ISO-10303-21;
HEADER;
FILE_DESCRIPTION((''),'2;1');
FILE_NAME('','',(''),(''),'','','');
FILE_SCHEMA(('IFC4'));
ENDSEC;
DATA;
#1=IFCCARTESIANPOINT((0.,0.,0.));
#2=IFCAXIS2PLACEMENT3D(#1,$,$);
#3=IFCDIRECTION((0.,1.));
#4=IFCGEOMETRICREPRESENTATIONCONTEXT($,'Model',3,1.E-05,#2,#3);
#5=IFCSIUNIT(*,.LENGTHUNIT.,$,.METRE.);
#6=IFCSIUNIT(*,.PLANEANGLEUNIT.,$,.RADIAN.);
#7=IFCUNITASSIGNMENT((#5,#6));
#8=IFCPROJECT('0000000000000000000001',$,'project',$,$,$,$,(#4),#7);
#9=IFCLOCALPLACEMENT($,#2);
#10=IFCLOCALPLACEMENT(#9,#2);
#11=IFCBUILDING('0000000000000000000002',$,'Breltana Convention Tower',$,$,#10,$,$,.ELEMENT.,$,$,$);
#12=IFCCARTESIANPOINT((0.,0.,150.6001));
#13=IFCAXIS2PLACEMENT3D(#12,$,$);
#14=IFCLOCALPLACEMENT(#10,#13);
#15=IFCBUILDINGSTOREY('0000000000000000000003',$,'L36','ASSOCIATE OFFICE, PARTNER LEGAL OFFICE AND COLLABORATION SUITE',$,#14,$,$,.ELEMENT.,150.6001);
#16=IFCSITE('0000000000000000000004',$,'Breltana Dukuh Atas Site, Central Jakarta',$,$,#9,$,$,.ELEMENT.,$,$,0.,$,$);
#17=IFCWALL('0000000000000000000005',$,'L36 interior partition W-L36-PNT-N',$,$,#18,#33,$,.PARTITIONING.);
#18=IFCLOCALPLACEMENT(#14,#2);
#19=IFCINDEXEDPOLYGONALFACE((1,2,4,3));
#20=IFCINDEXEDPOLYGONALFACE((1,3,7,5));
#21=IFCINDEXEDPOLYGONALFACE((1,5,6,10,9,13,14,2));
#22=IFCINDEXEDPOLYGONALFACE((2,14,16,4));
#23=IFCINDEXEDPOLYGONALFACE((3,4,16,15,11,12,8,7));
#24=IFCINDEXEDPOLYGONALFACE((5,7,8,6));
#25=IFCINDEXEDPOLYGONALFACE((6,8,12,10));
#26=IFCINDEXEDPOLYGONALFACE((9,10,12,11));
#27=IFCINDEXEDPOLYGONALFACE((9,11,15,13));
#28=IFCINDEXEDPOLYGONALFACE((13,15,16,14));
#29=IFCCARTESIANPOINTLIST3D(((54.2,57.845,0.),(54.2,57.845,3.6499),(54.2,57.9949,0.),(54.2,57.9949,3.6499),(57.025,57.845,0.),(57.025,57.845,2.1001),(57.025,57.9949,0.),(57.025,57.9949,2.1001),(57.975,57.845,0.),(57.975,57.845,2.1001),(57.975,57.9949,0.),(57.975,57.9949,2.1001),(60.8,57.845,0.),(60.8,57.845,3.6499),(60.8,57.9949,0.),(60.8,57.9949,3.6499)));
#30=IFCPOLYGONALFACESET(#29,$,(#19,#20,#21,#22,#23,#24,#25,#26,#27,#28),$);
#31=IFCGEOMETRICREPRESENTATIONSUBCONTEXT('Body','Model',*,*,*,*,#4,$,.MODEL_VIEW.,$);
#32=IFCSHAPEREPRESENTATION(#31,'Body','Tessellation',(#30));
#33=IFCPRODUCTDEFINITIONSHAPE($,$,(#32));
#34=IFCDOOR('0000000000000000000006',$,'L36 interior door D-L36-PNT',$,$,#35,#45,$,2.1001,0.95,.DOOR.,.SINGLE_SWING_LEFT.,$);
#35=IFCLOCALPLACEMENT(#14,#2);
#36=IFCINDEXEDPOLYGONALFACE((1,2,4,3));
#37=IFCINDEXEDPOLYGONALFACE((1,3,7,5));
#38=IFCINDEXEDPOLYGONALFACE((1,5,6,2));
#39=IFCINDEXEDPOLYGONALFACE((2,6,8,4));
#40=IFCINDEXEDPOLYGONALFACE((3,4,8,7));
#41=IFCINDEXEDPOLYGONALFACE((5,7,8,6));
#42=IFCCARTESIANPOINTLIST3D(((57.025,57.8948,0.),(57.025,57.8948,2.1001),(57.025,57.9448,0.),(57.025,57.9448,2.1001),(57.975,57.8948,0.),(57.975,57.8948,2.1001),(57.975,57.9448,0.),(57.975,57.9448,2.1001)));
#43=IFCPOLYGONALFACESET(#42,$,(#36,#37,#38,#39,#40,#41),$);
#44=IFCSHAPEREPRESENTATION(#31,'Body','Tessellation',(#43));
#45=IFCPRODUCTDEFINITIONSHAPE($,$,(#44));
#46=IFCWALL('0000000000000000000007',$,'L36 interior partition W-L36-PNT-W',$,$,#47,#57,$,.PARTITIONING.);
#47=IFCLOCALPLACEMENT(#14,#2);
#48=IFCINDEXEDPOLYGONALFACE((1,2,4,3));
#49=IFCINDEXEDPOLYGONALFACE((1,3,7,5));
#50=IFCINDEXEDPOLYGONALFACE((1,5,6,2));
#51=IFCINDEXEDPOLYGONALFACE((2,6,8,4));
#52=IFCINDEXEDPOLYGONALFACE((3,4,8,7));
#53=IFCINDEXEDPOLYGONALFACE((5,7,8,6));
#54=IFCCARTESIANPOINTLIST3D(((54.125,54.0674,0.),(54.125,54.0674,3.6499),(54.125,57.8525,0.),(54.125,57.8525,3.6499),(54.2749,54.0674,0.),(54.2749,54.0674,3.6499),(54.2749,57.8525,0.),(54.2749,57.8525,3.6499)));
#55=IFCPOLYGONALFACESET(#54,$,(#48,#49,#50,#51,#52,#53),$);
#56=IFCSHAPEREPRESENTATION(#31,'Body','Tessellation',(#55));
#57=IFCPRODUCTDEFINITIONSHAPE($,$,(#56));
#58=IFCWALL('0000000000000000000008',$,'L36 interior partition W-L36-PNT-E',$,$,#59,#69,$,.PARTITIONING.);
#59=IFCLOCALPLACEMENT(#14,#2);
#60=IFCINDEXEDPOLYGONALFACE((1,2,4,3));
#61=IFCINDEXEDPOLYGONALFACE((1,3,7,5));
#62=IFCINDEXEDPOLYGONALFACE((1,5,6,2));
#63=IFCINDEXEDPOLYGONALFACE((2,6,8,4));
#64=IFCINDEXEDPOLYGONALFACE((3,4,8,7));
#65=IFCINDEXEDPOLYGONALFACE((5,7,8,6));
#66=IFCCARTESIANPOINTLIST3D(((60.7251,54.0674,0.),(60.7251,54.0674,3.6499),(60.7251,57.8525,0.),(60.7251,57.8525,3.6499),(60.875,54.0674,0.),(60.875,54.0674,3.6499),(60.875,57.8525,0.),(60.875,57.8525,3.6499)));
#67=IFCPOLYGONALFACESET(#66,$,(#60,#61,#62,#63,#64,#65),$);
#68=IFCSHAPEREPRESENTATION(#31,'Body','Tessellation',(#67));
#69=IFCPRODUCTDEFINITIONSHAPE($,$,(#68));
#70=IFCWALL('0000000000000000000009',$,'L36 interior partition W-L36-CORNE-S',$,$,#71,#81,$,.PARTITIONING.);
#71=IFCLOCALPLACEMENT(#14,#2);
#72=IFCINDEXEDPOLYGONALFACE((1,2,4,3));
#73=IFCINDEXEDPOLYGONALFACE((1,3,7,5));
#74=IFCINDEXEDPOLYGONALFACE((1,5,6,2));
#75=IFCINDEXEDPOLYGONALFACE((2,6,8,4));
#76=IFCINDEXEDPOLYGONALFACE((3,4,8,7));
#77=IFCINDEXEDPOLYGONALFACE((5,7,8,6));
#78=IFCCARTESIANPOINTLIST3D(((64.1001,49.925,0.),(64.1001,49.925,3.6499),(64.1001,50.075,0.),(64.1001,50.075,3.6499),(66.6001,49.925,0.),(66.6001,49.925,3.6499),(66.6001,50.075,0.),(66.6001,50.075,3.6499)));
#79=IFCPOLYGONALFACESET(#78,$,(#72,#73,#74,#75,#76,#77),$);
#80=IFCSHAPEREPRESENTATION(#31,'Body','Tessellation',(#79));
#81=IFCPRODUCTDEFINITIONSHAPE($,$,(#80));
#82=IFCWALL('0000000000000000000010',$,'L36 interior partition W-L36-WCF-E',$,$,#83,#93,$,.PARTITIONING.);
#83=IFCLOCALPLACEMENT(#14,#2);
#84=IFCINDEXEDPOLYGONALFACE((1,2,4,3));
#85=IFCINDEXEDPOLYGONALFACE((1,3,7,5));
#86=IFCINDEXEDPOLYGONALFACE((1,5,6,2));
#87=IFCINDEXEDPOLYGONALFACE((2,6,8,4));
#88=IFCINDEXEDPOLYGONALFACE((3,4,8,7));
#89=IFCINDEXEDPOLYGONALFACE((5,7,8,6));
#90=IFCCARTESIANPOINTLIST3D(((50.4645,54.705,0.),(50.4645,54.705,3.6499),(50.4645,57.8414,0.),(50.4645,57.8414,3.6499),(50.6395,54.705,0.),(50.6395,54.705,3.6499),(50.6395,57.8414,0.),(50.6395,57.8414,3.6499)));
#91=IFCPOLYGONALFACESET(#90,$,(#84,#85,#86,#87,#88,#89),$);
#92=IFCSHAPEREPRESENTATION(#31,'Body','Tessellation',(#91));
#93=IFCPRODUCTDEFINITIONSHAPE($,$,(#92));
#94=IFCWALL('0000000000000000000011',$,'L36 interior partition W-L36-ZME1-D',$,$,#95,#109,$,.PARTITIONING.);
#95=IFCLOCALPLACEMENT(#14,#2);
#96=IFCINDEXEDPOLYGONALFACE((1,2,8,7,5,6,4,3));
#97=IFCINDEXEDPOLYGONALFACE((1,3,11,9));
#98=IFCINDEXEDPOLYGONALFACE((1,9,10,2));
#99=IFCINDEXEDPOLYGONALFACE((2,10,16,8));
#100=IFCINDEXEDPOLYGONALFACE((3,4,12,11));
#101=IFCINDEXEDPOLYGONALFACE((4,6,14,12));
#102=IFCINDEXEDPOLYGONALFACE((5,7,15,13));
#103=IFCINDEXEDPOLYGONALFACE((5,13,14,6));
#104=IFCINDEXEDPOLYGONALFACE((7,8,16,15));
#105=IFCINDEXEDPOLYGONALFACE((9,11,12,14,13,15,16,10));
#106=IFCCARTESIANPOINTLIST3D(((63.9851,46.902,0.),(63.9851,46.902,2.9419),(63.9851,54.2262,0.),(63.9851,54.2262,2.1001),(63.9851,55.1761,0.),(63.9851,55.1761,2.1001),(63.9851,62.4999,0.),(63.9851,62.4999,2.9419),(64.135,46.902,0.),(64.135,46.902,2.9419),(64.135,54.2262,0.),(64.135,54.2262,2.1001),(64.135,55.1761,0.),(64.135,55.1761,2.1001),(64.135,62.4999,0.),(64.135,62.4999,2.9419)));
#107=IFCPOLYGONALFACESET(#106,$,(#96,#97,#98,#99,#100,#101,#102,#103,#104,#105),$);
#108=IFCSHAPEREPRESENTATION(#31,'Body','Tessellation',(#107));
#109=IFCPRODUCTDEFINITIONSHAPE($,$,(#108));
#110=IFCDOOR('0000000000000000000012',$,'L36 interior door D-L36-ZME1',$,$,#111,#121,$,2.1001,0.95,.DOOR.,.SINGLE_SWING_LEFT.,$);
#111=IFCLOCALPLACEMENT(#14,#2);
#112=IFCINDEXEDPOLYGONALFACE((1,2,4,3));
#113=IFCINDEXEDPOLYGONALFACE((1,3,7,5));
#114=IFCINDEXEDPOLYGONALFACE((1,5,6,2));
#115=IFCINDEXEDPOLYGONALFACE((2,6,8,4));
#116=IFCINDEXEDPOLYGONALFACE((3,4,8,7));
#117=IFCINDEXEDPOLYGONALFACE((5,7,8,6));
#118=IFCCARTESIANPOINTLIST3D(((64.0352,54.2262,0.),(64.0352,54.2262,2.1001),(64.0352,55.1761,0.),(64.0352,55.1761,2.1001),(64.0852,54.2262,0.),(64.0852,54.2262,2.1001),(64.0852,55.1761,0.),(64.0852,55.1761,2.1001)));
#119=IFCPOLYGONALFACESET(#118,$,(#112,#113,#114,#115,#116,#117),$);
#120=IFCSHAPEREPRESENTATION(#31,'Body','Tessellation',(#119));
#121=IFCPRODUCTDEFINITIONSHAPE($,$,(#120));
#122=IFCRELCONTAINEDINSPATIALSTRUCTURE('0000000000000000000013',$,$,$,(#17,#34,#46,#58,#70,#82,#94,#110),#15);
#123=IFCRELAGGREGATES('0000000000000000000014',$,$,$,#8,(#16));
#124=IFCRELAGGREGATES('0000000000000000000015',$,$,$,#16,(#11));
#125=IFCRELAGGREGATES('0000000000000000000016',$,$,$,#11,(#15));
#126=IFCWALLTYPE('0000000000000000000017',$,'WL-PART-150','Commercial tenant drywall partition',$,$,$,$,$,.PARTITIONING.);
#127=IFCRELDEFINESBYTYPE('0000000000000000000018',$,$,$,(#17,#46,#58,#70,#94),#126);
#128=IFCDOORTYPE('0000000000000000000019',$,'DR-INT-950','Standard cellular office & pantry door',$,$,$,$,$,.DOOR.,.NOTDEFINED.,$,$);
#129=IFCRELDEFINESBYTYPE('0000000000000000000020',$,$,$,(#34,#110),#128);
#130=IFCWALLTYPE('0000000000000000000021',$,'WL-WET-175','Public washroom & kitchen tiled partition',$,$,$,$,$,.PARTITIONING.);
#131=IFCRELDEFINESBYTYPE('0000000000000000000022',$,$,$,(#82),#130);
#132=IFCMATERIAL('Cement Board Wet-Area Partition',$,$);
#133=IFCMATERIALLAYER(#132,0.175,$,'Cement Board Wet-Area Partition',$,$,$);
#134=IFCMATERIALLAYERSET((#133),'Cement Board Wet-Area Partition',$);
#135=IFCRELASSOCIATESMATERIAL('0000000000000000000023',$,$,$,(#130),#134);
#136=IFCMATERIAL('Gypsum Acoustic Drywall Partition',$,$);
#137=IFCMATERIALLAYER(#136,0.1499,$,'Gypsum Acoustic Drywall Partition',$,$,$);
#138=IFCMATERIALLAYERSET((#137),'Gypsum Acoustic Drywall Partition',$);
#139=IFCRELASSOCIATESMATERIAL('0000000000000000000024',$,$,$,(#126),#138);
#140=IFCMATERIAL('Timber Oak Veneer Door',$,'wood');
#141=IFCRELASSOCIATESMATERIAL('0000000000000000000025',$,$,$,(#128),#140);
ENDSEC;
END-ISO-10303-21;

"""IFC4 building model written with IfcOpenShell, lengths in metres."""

from ifc_helpers import new_model, si_unit, direction, frame, frame_2d, origin, place, context, subcontext, project, spatial, rectangle, extrude, source, transform, mapped, material, layer, layer_set, type_object, type_shapes, element, fill, save


model = new_model("IFC4")

# Units and contexts
model_context = context("Model", 3, precision=1e-05, world=origin(), true_north=direction((0.0, 1.0)))
body_context = subcontext(model_context, "Body", "Model", "MODEL_VIEW")
ifc_project = project(units=[si_unit("LENGTHUNIT", "METRE"), si_unit("PLANEANGLEUNIT", "RADIAN")], contexts=[model_context])

# Site, building, storey
site_placement = place(None, origin())
site = spatial("IfcSite", under=ifc_project, at=site_placement, Name="Breltana Dukuh Atas Site, Central Jakarta", CompositionType="ELEMENT", RefElevation=0.0)
building_placement = place(site_placement, origin())
building = spatial("IfcBuilding", under=site, at=building_placement, Name="Breltana Convention Tower", CompositionType="ELEMENT")
storey_placement = place(building_placement, frame((0.0, 0.0, 150.6001)))
storey = spatial("IfcBuildingStorey", under=building, at=storey_placement, Name="L36", Description="ASSOCIATE OFFICE, PARTNER LEGAL OFFICE AND COLLABORATION SUITE", CompositionType="ELEMENT", Elevation=150.6001)

# Shared definitions
ifc_material_1 = material(Name="Cement Board Wet-Area Partition")
ifc_layer_1 = layer(ifc_material_1, 0.175, Name="Cement Board Wet-Area Partition")
ifc_layer_set_1 = layer_set([ifc_layer_1], Name="Cement Board Wet-Area Partition")
wall_type_1 = type_object("IfcWallType", Name="WL-WET-175", Description="Public washroom & kitchen tiled partition", PredefinedType="PARTITIONING", material=ifc_layer_set_1)

# Shared definitions
ifc_material_2 = material(Name="Gypsum Acoustic Drywall Partition")
ifc_layer_2 = layer(ifc_material_2, 0.1499, Name="Gypsum Acoustic Drywall Partition")
ifc_layer_set_2 = layer_set([ifc_layer_2], Name="Gypsum Acoustic Drywall Partition")
wall_type_2 = type_object("IfcWallType", Name="WL-PART-150", Description="Commercial tenant drywall partition", PredefinedType="PARTITIONING", material=ifc_layer_set_2)

# Wall, opening, door
shared_shape_1 = source(origin(), body_context, "Body", "SweptSolid", [
    extrude(rectangle(XDim=6.6001, YDim=0.1499, at=frame_2d((3.3, 0.0))), origin(), (0.0, 0.0, 1.0), 3.6499),
])
wall_1_placement = place(storey_placement, frame((54.2, 57.9199, 0.0), z_axis=(0.0, 0.0, 1.0), x_axis=(1.0, 0.0, 0.0)))
wall_1 = element("IfcWall", 1, at=wall_1_placement, inside=storey, type_object=wall_type_2, Name="L36 interior partition W-L36-PNT-N", PredefinedType="PARTITIONING", context=body_context, shape_type="MappedRepresentation", body=[
    mapped(shared_shape_1, transform((0.0, 0.0, 0.0), scale=1.0)),
])
opening_1_placement = place(wall_1_placement, frame((2.825, 0.0, 0.0)))
opening_1 = element("IfcOpeningElement", 2, at=opening_1_placement, cuts=wall_1, PredefinedType="OPENING", context=body_context, shape_type="SweptSolid", body=[
    extrude(rectangle(XDim=0.95, YDim=2.1001, at=frame_2d((0.4751, 1.05))), frame((0.0, 0.085, 0.0), z_axis=(0.0, -1.0, 0.0), x_axis=(1.0, 0.0, 0.0)), (0.0, 0.0, 1.0), 0.1699),
])
ifc_material_3 = material(Name="Timber Oak Veneer Door", Category="wood")
door_type_1 = type_object("IfcDoorType", Name="DR-INT-950", Description="Standard cellular office & pantry door", OperationType="NOTDEFINED", PredefinedType="DOOR", material=ifc_material_3)
shared_shape_2 = source(origin(), body_context, "Body", "SweptSolid", [
    extrude(rectangle(XDim=0.95, YDim=2.1001, at=frame_2d((0.4751, 1.05))), frame((0.0, 0.0249, 0.0), z_axis=(0.0, -1.0, 0.0), x_axis=(1.0, 0.0, 0.0)), (0.0, 0.0, 1.0), 0.05),
])
type_shapes(door_type_1, [shared_shape_2])
door_1_placement = place(opening_1_placement, origin())
door_1 = element("IfcDoor", 3, at=door_1_placement, inside=storey, type_object=door_type_1, Name="L36 interior door D-L36-PNT", OperationType="SINGLE_SWING_LEFT", OverallHeight=2.1001, OverallWidth=0.95, PredefinedType="DOOR", context=body_context, shape_type="MappedRepresentation", body=[
    mapped(shared_shape_2, transform((0.0, 0.0, 0.0), scale=1.0)),
])
fill(opening_1, door_1)

# Walls
shared_shape_3 = source(origin(), body_context, "Body", "SweptSolid", [
    extrude(rectangle(XDim=3.7852, YDim=0.1499, at=frame_2d((1.8926, 0.0))), origin(), (0.0, 0.0, 1.0), 3.6499),
])
for number, where, z_axis, x_axis, name in (
    (4, (54.2, 54.0674, 0.0), (0.0, 0.0, 1.0), (0.0, 1.0, 0.0), "L36 interior partition W-L36-PNT-W"),
    (5, (60.8, 54.0674, 0.0), (0.0, 0.0, 1.0), (0.0, 1.0, 0.0), "L36 interior partition W-L36-PNT-E"),
):
    element("IfcWall", number, at=place(storey_placement, frame(where, z_axis=z_axis, x_axis=x_axis)), inside=storey, type_object=wall_type_2, Name=name, PredefinedType="PARTITIONING", context=body_context, shape_type="MappedRepresentation", body=[
        mapped(shared_shape_3, transform((0.0, 0.0, 0.0), scale=1.0)),
    ])
shared_shape_4 = source(origin(), body_context, "Body", "SweptSolid", [
    extrude(rectangle(XDim=2.5, YDim=0.1499, at=frame_2d((1.25, 0.0))), origin(), (0.0, 0.0, 1.0), 3.6499),
])
wall_2_placement = place(storey_placement, frame((64.1001, 50.0, 0.0), z_axis=(0.0, 0.0, 1.0), x_axis=(1.0, 0.0, 0.0)))
element("IfcWall", 6, at=wall_2_placement, inside=storey, type_object=wall_type_2, Name="L36 interior partition W-L36-CORNE-S", PredefinedType="PARTITIONING", context=body_context, shape_type="MappedRepresentation", body=[
    mapped(shared_shape_4, transform((0.0, 0.0, 0.0), scale=1.0)),
])
shared_shape_5 = source(origin(), body_context, "Body", "SweptSolid", [
    extrude(rectangle(XDim=3.1365, YDim=0.175, at=frame_2d((1.5684, 0.0))), origin(), (0.0, 0.0, 1.0), 3.6499),
])
wall_3_placement = place(storey_placement, frame((50.552, 54.7048, 0.0), z_axis=(0.0, 0.0, 1.0), x_axis=(0.0, 1.0, 0.0)))
element("IfcWall", 7, at=wall_3_placement, inside=storey, type_object=wall_type_1, Name="L36 interior partition W-L36-WCF-E", PredefinedType="PARTITIONING", context=body_context, shape_type="MappedRepresentation", body=[
    mapped(shared_shape_5, transform((0.0, 0.0, 0.0), scale=1.0)),
])

# Wall, opening, door
shared_shape_6 = source(origin(), body_context, "Body", "SweptSolid", [
    extrude(rectangle(XDim=15.5979, YDim=0.1499, at=frame_2d((7.7988, 0.0))), origin(), (0.0, 0.0, 1.0), 2.9419),
])
wall_4_placement = place(storey_placement, frame((64.0601, 46.9021, 0.0), z_axis=(0.0, 0.0, 1.0), x_axis=(0.0, 1.0, 0.0)))
wall_4 = element("IfcWall", 8, at=wall_4_placement, inside=storey, type_object=wall_type_2, Name="L36 interior partition W-L36-ZME1-D", PredefinedType="PARTITIONING", context=body_context, shape_type="MappedRepresentation", body=[
    mapped(shared_shape_6, transform((0.0, 0.0, 0.0), scale=1.0)),
])
opening_2_placement = place(wall_4_placement, frame((7.324, 0.0, 0.0)))
opening_2 = element("IfcOpeningElement", 9, at=opening_2_placement, cuts=wall_4, PredefinedType="OPENING", context=body_context, shape_type="SweptSolid", body=[
    extrude(rectangle(XDim=0.95, YDim=2.1001, at=frame_2d((0.4751, 1.05))), frame((0.0, 0.085, 0.0), z_axis=(0.0, -1.0, 0.0), x_axis=(1.0, 0.0, 0.0)), (0.0, 0.0, 1.0), 0.1699),
])
door_2_placement = place(opening_2_placement, origin())
door_2 = element("IfcDoor", 10, at=door_2_placement, inside=storey, type_object=door_type_1, Name="L36 interior door D-L36-ZME1", OperationType="SINGLE_SWING_LEFT", OverallHeight=2.1001, OverallWidth=0.95, PredefinedType="DOOR", context=body_context, shape_type="MappedRepresentation", body=[
    mapped(shared_shape_2, transform((0.0, 0.0, 0.0), scale=1.0)),
])
fill(opening_2, door_2)

save(model, "model.ifc")
